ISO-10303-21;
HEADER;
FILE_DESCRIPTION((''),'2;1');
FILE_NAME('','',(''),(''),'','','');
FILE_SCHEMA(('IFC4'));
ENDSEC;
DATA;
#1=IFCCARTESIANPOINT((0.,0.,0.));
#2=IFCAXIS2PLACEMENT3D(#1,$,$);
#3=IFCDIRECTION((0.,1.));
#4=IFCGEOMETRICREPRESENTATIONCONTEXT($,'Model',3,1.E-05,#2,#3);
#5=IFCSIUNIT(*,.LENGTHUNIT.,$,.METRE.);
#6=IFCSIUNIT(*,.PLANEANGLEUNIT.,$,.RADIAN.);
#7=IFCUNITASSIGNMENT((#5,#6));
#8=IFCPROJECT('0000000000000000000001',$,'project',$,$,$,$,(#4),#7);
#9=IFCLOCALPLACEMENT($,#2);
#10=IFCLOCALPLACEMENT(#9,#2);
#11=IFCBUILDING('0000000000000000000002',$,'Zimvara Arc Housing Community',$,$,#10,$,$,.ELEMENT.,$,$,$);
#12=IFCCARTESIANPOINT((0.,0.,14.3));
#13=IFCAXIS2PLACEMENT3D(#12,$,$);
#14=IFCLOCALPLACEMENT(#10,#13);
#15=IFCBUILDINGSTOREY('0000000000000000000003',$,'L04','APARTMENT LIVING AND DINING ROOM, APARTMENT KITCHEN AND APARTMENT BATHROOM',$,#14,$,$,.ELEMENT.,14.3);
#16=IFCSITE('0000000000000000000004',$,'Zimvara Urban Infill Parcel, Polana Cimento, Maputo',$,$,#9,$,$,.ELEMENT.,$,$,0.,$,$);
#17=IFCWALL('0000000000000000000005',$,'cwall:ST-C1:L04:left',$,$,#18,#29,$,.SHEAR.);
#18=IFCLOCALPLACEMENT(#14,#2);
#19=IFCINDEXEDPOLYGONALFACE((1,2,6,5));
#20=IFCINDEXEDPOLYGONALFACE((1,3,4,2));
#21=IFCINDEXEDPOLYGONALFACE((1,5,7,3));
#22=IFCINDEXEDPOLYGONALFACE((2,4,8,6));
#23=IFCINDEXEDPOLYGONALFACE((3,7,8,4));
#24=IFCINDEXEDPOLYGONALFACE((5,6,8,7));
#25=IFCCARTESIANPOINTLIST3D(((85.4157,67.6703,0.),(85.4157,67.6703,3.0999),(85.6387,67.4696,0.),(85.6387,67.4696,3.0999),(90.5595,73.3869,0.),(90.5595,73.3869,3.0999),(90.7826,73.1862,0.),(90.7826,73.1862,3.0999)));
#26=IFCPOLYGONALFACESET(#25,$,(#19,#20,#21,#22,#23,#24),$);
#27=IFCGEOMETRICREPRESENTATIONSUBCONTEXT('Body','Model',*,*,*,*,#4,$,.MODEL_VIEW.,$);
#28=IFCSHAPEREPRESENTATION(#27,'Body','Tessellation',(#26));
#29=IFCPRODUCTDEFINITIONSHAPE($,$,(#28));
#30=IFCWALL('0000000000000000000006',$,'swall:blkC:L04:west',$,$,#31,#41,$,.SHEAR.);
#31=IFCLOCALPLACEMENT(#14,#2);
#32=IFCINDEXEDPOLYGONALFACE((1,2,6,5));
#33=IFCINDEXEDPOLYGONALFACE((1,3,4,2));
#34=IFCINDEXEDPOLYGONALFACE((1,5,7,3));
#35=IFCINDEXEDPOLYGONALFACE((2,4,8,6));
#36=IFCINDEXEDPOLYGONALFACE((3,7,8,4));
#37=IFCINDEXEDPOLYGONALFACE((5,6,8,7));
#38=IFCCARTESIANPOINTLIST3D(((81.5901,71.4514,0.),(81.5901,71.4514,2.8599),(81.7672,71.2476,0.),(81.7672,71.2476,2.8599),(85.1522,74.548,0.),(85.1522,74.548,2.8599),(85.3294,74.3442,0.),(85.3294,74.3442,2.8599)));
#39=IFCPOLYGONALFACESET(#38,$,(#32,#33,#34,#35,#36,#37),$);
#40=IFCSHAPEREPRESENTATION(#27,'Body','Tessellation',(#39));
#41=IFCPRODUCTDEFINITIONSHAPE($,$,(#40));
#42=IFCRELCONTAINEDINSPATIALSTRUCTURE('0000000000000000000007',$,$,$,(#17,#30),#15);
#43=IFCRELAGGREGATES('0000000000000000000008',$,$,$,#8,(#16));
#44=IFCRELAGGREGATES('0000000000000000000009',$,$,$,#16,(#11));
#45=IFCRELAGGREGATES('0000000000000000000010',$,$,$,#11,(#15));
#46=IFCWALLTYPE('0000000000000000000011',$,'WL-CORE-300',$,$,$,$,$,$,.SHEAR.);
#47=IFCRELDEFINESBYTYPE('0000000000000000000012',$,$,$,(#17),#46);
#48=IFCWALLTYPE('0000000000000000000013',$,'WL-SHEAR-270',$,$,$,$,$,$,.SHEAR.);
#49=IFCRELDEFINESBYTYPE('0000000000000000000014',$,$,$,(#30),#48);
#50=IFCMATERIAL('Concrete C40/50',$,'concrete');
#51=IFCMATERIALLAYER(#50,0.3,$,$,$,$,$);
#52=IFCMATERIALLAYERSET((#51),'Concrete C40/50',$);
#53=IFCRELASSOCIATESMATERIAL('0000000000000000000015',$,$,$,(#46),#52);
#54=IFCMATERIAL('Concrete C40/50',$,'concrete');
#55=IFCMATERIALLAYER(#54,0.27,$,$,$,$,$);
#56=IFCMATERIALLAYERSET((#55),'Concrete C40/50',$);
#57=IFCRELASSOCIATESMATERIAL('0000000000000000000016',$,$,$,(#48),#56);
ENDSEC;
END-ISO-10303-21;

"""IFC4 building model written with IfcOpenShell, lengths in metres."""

from ifc_helpers import new_model, si_unit, direction, frame, frame_2d, origin, place, context, subcontext, project, spatial, rectangle, extrude, material, layer, layer_set, type_object, element, save


model = new_model("IFC4")

# Units and contexts
model_context = context("Model", 3, precision=1e-05, world=origin(), true_north=direction((0.0, 1.0)))
body_context = subcontext(model_context, "Body", "Model", "MODEL_VIEW")
ifc_project = project(units=[si_unit("LENGTHUNIT", "METRE"), si_unit("PLANEANGLEUNIT", "RADIAN")], contexts=[model_context])

# Site, building, storey
site_placement = place(None, origin())
site = spatial("IfcSite", under=ifc_project, at=site_placement, Name="Zimvara Urban Infill Parcel, Polana Cimento, Maputo", CompositionType="ELEMENT", RefElevation=0.0)
building_placement = place(site_placement, origin())
building = spatial("IfcBuilding", under=site, at=building_placement, Name="Zimvara Arc Housing Community", CompositionType="ELEMENT")
storey_placement = place(building_placement, frame((0.0, 0.0, 14.3)))
storey = spatial("IfcBuildingStorey", under=building, at=storey_placement, Name="L04", Description="APARTMENT LIVING AND DINING ROOM, APARTMENT KITCHEN AND APARTMENT BATHROOM", CompositionType="ELEMENT", Elevation=14.3)

# Shared definitions
ifc_material_1 = material(Name="Concrete C40/50", Category="concrete")
ifc_layer_1 = layer(ifc_material_1, 0.3)
ifc_layer_set_1 = layer_set([ifc_layer_1], Name="Concrete C40/50")
wall_type_1 = type_object("IfcWallType", Name="WL-CORE-300", PredefinedType="SHEAR", material=ifc_layer_set_1)

# Walls
wall_1_placement = place(storey_placement, frame((90.6711, 73.2866, 0.0), z_axis=(0.0, 0.0, 1.0), x_axis=(-0.668886, -0.743365, 0.0)))
element("IfcWall", 1, at=wall_1_placement, inside=storey, type_object=wall_type_1, Name="cwall:ST-C1:L04:left", PredefinedType="SHEAR", context=body_context, shape_type="SweptSolid", body=[
    extrude(rectangle(XDim=7.6902, YDim=0.3, at=frame_2d((3.8452, 0.0))), origin(), (0.0, 0.0, 1.0), 3.0999),
])
ifc_material_2 = material(Name="Concrete C40/50", Category="concrete")
ifc_layer_2 = layer(ifc_material_2, 0.27)
ifc_layer_set_2 = layer_set([ifc_layer_2], Name="Concrete C40/50")
wall_type_2 = type_object("IfcWallType", Name="WL-SHEAR-270", PredefinedType="SHEAR", material=ifc_layer_set_2)
wall_2_placement = place(storey_placement, frame((85.2407, 74.446, 0.0), z_axis=(0.0, 0.0, 1.0), x_axis=(-0.754704, -0.656066, 0.0)))
element("IfcWall", 2, at=wall_2_placement, inside=storey, type_object=wall_type_2, Name="swall:blkC:L04:west", PredefinedType="SHEAR", context=body_context, shape_type="SweptSolid", body=[
    extrude(rectangle(XDim=4.72, YDim=0.27, at=frame_2d((2.3599, 0.0))), origin(), (0.0, 0.0, 1.0), 2.8599),
])

save(model, "model.ifc")
